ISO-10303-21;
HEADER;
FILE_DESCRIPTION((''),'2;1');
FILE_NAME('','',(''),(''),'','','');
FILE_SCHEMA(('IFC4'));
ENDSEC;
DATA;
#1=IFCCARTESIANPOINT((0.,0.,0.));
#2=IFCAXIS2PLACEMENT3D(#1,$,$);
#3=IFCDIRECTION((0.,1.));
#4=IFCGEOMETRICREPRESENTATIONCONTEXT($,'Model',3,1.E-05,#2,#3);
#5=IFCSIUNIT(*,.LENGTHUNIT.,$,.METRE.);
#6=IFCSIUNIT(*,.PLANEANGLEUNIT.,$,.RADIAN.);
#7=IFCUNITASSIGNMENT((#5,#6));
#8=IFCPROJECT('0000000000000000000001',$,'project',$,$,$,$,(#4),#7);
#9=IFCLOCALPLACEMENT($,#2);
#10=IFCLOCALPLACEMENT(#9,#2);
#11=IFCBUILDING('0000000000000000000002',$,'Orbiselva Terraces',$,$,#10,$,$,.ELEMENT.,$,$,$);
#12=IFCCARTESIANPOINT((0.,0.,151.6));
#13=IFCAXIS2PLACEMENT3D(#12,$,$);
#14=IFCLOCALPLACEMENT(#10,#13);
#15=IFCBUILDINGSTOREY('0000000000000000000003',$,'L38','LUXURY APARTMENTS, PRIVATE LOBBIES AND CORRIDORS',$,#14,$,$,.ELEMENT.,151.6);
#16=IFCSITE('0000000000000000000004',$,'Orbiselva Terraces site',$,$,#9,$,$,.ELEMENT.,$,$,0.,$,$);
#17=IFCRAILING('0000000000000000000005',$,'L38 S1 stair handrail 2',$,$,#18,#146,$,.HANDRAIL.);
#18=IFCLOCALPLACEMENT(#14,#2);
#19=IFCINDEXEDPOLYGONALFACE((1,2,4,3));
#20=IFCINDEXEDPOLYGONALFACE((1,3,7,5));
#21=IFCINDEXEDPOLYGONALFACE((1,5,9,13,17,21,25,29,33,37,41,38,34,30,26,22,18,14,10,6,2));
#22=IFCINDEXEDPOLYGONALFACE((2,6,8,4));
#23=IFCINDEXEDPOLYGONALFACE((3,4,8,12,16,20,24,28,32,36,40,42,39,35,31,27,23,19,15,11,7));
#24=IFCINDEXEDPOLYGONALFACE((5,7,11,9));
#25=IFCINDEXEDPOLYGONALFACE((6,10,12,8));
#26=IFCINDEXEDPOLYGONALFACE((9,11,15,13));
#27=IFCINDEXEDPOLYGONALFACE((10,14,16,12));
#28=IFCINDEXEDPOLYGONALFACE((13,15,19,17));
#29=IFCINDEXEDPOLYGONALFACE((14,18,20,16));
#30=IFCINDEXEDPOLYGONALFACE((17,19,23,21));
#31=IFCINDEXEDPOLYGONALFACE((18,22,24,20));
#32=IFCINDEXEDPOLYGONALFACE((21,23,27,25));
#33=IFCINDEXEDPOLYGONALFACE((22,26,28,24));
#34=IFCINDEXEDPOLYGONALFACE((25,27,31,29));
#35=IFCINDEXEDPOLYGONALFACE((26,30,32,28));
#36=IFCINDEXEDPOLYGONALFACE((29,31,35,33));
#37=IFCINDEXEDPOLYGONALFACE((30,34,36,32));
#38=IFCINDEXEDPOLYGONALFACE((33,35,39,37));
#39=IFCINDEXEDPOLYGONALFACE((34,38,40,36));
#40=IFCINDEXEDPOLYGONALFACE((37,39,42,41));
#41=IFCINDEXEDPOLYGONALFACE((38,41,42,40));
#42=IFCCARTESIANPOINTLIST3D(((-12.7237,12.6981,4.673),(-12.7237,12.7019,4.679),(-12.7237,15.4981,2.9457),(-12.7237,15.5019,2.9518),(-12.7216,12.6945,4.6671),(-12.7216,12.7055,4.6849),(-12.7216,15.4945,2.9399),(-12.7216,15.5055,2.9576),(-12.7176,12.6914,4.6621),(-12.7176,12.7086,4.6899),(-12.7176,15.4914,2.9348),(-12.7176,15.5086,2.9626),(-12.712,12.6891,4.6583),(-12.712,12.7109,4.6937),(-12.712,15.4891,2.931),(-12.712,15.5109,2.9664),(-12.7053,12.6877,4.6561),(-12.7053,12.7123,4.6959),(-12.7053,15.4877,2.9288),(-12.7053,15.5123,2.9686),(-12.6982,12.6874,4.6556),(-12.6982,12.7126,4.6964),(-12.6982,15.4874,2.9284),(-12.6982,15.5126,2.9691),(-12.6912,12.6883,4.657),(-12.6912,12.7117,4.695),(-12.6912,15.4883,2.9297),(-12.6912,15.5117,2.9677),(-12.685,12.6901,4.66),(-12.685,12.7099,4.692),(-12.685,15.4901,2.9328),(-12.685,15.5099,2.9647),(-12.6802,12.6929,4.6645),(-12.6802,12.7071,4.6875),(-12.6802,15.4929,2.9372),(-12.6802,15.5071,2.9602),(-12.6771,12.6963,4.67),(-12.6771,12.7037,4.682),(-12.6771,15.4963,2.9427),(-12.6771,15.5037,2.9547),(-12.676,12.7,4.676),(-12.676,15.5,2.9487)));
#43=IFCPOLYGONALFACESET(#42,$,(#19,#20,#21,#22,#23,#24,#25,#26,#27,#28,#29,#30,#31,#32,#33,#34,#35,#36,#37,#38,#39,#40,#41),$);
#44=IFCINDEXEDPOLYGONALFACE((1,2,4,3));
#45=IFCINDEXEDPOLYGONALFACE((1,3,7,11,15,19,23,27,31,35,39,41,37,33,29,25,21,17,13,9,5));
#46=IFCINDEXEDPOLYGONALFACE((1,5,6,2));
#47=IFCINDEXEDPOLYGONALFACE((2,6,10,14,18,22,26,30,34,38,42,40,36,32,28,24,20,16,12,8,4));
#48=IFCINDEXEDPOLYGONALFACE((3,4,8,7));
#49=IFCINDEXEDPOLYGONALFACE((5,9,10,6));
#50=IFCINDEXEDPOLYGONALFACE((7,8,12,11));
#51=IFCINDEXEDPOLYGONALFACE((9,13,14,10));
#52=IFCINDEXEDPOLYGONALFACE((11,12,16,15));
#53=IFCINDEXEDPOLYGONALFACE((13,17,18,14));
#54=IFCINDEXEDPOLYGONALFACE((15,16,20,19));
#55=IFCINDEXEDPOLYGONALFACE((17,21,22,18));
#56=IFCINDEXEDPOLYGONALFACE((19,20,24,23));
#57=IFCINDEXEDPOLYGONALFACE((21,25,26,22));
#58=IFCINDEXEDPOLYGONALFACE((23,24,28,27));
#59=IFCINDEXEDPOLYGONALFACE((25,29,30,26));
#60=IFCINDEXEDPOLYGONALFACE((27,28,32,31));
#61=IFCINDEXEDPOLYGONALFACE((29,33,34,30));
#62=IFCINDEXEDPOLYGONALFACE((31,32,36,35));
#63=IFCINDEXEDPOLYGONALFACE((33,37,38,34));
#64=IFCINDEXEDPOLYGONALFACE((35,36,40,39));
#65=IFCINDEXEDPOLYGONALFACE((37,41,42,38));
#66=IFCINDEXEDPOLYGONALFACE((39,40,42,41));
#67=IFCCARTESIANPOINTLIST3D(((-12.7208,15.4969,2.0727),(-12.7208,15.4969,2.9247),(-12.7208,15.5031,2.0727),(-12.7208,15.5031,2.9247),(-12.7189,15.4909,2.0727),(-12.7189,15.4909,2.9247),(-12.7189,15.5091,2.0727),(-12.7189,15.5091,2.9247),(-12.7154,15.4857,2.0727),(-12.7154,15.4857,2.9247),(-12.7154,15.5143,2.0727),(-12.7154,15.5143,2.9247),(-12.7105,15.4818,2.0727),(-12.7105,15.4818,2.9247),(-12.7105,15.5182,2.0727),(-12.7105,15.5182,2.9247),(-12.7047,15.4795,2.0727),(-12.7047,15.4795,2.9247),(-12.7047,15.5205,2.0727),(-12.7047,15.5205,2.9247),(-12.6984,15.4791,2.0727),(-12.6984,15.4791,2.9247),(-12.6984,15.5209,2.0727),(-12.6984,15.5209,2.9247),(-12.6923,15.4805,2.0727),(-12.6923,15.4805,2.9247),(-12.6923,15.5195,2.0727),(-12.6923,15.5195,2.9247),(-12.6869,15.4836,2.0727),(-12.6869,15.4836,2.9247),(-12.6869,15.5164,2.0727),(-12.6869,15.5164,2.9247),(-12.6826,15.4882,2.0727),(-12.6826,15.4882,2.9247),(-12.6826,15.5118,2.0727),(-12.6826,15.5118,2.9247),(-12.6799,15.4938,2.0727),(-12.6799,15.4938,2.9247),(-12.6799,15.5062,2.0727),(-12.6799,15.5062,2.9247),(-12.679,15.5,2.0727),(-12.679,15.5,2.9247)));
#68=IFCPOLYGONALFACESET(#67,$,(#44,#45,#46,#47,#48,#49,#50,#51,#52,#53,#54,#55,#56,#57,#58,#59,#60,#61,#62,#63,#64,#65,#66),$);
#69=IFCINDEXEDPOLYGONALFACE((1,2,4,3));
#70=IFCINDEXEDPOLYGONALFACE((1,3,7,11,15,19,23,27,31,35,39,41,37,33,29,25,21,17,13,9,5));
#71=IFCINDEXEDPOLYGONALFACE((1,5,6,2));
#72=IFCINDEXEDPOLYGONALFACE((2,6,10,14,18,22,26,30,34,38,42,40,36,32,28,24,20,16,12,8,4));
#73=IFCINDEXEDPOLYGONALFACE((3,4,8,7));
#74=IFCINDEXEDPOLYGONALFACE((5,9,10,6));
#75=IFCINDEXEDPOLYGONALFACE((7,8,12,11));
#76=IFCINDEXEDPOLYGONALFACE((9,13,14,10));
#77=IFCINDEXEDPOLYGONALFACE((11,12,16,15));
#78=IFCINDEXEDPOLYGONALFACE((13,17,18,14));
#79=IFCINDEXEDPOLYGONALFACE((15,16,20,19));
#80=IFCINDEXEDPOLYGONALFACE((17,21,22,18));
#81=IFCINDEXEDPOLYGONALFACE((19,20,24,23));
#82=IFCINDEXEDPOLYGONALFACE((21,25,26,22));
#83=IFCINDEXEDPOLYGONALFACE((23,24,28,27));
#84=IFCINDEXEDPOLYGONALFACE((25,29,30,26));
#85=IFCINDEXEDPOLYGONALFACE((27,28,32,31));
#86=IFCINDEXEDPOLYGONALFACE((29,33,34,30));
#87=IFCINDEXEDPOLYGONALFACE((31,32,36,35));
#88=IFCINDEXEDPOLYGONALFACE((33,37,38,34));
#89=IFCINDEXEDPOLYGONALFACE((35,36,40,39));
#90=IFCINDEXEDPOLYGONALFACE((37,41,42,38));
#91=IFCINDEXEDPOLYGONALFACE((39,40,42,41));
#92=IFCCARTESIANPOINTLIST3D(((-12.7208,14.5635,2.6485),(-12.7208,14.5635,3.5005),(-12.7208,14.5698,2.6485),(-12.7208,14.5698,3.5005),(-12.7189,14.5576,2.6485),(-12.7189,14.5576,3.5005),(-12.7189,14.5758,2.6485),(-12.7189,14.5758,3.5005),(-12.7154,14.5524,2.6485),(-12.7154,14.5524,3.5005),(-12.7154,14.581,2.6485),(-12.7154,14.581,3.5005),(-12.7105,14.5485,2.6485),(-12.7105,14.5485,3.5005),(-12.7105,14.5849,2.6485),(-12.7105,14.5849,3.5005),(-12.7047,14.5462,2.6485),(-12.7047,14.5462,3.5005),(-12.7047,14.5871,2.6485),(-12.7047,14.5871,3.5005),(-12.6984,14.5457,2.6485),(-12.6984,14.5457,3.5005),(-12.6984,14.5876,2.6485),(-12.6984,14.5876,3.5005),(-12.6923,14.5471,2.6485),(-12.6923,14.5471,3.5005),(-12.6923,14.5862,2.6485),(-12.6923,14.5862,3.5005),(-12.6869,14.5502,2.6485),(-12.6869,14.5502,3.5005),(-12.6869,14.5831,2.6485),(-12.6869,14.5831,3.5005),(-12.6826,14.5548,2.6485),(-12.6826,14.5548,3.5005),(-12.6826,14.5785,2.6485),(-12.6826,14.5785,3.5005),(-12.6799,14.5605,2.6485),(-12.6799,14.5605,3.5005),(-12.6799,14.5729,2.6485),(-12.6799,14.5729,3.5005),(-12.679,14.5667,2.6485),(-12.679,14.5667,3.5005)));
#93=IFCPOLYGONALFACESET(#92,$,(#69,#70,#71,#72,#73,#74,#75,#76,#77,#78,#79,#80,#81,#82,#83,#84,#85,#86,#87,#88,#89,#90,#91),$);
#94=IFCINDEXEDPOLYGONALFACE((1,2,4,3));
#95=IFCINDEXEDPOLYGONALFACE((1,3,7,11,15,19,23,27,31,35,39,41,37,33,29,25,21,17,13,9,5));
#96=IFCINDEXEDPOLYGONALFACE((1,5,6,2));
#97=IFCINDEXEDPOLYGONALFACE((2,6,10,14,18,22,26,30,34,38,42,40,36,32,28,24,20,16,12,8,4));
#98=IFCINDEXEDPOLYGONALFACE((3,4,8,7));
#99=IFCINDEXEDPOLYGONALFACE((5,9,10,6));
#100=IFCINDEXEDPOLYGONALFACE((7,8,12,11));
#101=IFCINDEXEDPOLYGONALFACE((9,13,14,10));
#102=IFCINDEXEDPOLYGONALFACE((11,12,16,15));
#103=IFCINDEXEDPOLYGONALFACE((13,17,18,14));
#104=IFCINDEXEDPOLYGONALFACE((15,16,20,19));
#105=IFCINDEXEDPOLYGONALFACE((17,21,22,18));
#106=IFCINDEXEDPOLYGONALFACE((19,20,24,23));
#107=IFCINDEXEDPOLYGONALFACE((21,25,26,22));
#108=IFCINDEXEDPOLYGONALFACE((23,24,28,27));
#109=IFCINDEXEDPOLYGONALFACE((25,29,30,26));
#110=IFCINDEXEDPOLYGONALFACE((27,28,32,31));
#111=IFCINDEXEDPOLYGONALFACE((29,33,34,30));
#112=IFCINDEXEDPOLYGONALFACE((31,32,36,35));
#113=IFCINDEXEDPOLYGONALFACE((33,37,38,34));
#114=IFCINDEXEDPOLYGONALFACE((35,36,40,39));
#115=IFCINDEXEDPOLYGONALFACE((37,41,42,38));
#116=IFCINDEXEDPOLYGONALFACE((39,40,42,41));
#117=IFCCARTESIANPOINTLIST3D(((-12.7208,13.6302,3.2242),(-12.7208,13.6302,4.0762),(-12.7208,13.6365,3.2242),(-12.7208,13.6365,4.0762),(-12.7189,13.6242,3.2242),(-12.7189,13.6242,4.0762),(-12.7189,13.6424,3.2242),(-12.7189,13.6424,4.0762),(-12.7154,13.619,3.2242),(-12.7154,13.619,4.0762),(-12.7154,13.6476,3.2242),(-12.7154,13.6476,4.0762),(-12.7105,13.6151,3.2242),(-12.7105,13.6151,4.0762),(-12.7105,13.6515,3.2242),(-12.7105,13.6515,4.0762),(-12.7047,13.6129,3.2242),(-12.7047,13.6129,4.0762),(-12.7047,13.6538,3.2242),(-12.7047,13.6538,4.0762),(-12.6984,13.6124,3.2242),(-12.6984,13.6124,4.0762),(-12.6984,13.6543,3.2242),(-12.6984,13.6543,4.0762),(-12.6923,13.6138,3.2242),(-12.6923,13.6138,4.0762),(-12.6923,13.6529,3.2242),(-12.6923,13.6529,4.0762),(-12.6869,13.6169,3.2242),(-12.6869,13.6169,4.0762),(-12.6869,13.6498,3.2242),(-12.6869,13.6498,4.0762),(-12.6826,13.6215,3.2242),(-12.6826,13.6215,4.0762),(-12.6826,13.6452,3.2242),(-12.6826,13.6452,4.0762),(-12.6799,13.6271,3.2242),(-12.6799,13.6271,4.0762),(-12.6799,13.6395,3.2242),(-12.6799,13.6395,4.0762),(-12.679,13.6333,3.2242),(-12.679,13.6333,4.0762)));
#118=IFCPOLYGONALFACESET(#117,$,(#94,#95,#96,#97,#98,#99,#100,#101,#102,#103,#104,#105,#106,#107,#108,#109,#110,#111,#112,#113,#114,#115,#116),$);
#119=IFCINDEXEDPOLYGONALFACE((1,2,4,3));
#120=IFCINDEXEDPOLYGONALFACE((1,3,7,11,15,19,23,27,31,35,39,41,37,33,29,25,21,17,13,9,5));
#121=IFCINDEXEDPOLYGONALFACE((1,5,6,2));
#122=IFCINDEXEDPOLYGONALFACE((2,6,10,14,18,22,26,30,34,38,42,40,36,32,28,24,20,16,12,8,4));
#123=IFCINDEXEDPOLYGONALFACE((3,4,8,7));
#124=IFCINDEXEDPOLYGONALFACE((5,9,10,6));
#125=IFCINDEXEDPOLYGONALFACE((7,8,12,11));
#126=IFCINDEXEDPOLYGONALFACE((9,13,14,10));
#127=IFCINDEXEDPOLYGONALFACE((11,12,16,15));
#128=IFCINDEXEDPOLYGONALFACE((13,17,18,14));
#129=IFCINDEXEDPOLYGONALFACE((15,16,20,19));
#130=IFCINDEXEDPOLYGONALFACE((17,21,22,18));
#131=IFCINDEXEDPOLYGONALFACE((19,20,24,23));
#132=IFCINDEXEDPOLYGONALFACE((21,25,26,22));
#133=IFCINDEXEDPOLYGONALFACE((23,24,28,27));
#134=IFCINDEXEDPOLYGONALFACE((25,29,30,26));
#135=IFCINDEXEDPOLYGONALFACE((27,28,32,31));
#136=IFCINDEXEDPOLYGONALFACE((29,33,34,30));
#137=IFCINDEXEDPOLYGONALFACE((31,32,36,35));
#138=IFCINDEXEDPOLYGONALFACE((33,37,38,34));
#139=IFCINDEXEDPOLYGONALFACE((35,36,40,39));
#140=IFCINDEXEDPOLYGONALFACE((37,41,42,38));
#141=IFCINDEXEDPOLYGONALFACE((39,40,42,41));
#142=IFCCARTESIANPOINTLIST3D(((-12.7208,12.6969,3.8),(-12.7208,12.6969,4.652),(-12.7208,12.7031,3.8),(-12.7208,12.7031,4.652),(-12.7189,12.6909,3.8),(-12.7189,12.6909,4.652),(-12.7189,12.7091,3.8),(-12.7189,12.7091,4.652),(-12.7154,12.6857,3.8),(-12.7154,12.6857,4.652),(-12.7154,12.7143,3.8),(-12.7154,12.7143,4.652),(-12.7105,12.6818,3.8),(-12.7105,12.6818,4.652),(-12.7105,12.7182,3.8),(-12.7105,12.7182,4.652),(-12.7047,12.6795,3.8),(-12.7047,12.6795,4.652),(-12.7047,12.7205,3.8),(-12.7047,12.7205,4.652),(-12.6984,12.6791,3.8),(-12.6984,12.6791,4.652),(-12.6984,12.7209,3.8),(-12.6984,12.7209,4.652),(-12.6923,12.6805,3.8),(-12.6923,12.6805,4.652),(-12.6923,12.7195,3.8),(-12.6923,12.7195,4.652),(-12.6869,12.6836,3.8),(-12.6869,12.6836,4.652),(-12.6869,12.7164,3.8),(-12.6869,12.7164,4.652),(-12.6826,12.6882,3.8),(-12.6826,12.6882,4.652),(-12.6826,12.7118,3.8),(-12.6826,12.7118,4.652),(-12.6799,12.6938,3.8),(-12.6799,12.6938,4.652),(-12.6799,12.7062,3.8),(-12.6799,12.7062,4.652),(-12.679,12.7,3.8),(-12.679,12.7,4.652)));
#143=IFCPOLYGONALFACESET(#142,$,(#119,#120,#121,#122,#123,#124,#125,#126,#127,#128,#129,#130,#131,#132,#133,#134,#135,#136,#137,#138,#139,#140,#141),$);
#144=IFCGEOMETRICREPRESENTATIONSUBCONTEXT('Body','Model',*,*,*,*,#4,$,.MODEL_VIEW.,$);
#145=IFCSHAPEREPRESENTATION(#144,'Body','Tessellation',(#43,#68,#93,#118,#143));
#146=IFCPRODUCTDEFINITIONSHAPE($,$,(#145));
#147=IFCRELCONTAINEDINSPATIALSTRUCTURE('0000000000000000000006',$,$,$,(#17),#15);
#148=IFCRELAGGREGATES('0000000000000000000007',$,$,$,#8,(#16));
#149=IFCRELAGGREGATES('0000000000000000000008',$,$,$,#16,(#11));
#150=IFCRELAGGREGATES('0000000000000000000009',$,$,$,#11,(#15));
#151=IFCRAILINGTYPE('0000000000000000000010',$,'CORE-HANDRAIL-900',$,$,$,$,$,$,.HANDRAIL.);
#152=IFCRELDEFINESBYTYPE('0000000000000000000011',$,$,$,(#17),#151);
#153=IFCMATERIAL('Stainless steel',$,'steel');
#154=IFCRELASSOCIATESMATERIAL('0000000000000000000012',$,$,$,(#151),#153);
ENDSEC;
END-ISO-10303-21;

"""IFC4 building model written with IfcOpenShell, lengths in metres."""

from ifc_helpers import new_model, si_unit, direction, frame, origin, origin_2d, place, context, subcontext, project, spatial, circle, extrude, material, type_object, element, save


model = new_model("IFC4")

# Units and contexts
model_context = context("Model", 3, precision=1e-05, world=origin(), true_north=direction((0.0, 1.0)))
body_context = subcontext(model_context, "Body", "Model", "MODEL_VIEW")
ifc_project = project(units=[si_unit("LENGTHUNIT", "METRE"), si_unit("PLANEANGLEUNIT", "RADIAN")], contexts=[model_context])

# Site, building, storey
site_placement = place(None, origin())
site = spatial("IfcSite", under=ifc_project, at=site_placement, Name="Orbiselva Terraces site", CompositionType="ELEMENT", RefElevation=0.0)
building_placement = place(site_placement, origin())
building = spatial("IfcBuilding", under=site, at=building_placement, Name="Orbiselva Terraces", CompositionType="ELEMENT")
storey_placement = place(building_placement, frame((0.0, 0.0, 151.6)))
storey = spatial("IfcBuildingStorey", under=building, at=storey_placement, Name="L38", Description="LUXURY APARTMENTS, PRIVATE LOBBIES AND CORRIDORS", CompositionType="ELEMENT", Elevation=151.6)

# Railing
ifc_material_1 = material(Name="Stainless steel", Category="steel")
railing_type_1 = type_object("IfcRailingType", Name="CORE-HANDRAIL-900", PredefinedType="HANDRAIL", material=ifc_material_1)
railing_1_placement = place(storey_placement, frame((-12.7, 15.5, 2.0727)))
element("IfcRailing", 1, at=railing_1_placement, inside=storey, type_object=railing_type_1, Name="L38 S1 stair handrail 2", PredefinedType="HANDRAIL", context=body_context, shape_type="SweptSolid", body=[
    extrude(circle(Radius=0.024, at=origin_2d()), frame((0.0, 0.0, 0.876), z_axis=(0.0, -0.851089, 0.525022), x_axis=(1.0, 0.0, 0.0)), (0.0, 0.0, 1.0), 3.2899),
    extrude(circle(Radius=0.021, at=origin_2d()), origin(), (0.0, 0.0, 1.0), 0.852),
    extrude(circle(Radius=0.021, at=origin_2d()), frame((0.0, -0.9333, 0.5758)), (0.0, 0.0, 1.0), 0.852),
    extrude(circle(Radius=0.021, at=origin_2d()), frame((0.0, -1.8667, 1.1515)), (0.0, 0.0, 1.0), 0.852),
    extrude(circle(Radius=0.021, at=origin_2d()), frame((0.0, -2.8, 1.7273)), (0.0, 0.0, 1.0), 0.852),
])

save(model, "model.ifc")
